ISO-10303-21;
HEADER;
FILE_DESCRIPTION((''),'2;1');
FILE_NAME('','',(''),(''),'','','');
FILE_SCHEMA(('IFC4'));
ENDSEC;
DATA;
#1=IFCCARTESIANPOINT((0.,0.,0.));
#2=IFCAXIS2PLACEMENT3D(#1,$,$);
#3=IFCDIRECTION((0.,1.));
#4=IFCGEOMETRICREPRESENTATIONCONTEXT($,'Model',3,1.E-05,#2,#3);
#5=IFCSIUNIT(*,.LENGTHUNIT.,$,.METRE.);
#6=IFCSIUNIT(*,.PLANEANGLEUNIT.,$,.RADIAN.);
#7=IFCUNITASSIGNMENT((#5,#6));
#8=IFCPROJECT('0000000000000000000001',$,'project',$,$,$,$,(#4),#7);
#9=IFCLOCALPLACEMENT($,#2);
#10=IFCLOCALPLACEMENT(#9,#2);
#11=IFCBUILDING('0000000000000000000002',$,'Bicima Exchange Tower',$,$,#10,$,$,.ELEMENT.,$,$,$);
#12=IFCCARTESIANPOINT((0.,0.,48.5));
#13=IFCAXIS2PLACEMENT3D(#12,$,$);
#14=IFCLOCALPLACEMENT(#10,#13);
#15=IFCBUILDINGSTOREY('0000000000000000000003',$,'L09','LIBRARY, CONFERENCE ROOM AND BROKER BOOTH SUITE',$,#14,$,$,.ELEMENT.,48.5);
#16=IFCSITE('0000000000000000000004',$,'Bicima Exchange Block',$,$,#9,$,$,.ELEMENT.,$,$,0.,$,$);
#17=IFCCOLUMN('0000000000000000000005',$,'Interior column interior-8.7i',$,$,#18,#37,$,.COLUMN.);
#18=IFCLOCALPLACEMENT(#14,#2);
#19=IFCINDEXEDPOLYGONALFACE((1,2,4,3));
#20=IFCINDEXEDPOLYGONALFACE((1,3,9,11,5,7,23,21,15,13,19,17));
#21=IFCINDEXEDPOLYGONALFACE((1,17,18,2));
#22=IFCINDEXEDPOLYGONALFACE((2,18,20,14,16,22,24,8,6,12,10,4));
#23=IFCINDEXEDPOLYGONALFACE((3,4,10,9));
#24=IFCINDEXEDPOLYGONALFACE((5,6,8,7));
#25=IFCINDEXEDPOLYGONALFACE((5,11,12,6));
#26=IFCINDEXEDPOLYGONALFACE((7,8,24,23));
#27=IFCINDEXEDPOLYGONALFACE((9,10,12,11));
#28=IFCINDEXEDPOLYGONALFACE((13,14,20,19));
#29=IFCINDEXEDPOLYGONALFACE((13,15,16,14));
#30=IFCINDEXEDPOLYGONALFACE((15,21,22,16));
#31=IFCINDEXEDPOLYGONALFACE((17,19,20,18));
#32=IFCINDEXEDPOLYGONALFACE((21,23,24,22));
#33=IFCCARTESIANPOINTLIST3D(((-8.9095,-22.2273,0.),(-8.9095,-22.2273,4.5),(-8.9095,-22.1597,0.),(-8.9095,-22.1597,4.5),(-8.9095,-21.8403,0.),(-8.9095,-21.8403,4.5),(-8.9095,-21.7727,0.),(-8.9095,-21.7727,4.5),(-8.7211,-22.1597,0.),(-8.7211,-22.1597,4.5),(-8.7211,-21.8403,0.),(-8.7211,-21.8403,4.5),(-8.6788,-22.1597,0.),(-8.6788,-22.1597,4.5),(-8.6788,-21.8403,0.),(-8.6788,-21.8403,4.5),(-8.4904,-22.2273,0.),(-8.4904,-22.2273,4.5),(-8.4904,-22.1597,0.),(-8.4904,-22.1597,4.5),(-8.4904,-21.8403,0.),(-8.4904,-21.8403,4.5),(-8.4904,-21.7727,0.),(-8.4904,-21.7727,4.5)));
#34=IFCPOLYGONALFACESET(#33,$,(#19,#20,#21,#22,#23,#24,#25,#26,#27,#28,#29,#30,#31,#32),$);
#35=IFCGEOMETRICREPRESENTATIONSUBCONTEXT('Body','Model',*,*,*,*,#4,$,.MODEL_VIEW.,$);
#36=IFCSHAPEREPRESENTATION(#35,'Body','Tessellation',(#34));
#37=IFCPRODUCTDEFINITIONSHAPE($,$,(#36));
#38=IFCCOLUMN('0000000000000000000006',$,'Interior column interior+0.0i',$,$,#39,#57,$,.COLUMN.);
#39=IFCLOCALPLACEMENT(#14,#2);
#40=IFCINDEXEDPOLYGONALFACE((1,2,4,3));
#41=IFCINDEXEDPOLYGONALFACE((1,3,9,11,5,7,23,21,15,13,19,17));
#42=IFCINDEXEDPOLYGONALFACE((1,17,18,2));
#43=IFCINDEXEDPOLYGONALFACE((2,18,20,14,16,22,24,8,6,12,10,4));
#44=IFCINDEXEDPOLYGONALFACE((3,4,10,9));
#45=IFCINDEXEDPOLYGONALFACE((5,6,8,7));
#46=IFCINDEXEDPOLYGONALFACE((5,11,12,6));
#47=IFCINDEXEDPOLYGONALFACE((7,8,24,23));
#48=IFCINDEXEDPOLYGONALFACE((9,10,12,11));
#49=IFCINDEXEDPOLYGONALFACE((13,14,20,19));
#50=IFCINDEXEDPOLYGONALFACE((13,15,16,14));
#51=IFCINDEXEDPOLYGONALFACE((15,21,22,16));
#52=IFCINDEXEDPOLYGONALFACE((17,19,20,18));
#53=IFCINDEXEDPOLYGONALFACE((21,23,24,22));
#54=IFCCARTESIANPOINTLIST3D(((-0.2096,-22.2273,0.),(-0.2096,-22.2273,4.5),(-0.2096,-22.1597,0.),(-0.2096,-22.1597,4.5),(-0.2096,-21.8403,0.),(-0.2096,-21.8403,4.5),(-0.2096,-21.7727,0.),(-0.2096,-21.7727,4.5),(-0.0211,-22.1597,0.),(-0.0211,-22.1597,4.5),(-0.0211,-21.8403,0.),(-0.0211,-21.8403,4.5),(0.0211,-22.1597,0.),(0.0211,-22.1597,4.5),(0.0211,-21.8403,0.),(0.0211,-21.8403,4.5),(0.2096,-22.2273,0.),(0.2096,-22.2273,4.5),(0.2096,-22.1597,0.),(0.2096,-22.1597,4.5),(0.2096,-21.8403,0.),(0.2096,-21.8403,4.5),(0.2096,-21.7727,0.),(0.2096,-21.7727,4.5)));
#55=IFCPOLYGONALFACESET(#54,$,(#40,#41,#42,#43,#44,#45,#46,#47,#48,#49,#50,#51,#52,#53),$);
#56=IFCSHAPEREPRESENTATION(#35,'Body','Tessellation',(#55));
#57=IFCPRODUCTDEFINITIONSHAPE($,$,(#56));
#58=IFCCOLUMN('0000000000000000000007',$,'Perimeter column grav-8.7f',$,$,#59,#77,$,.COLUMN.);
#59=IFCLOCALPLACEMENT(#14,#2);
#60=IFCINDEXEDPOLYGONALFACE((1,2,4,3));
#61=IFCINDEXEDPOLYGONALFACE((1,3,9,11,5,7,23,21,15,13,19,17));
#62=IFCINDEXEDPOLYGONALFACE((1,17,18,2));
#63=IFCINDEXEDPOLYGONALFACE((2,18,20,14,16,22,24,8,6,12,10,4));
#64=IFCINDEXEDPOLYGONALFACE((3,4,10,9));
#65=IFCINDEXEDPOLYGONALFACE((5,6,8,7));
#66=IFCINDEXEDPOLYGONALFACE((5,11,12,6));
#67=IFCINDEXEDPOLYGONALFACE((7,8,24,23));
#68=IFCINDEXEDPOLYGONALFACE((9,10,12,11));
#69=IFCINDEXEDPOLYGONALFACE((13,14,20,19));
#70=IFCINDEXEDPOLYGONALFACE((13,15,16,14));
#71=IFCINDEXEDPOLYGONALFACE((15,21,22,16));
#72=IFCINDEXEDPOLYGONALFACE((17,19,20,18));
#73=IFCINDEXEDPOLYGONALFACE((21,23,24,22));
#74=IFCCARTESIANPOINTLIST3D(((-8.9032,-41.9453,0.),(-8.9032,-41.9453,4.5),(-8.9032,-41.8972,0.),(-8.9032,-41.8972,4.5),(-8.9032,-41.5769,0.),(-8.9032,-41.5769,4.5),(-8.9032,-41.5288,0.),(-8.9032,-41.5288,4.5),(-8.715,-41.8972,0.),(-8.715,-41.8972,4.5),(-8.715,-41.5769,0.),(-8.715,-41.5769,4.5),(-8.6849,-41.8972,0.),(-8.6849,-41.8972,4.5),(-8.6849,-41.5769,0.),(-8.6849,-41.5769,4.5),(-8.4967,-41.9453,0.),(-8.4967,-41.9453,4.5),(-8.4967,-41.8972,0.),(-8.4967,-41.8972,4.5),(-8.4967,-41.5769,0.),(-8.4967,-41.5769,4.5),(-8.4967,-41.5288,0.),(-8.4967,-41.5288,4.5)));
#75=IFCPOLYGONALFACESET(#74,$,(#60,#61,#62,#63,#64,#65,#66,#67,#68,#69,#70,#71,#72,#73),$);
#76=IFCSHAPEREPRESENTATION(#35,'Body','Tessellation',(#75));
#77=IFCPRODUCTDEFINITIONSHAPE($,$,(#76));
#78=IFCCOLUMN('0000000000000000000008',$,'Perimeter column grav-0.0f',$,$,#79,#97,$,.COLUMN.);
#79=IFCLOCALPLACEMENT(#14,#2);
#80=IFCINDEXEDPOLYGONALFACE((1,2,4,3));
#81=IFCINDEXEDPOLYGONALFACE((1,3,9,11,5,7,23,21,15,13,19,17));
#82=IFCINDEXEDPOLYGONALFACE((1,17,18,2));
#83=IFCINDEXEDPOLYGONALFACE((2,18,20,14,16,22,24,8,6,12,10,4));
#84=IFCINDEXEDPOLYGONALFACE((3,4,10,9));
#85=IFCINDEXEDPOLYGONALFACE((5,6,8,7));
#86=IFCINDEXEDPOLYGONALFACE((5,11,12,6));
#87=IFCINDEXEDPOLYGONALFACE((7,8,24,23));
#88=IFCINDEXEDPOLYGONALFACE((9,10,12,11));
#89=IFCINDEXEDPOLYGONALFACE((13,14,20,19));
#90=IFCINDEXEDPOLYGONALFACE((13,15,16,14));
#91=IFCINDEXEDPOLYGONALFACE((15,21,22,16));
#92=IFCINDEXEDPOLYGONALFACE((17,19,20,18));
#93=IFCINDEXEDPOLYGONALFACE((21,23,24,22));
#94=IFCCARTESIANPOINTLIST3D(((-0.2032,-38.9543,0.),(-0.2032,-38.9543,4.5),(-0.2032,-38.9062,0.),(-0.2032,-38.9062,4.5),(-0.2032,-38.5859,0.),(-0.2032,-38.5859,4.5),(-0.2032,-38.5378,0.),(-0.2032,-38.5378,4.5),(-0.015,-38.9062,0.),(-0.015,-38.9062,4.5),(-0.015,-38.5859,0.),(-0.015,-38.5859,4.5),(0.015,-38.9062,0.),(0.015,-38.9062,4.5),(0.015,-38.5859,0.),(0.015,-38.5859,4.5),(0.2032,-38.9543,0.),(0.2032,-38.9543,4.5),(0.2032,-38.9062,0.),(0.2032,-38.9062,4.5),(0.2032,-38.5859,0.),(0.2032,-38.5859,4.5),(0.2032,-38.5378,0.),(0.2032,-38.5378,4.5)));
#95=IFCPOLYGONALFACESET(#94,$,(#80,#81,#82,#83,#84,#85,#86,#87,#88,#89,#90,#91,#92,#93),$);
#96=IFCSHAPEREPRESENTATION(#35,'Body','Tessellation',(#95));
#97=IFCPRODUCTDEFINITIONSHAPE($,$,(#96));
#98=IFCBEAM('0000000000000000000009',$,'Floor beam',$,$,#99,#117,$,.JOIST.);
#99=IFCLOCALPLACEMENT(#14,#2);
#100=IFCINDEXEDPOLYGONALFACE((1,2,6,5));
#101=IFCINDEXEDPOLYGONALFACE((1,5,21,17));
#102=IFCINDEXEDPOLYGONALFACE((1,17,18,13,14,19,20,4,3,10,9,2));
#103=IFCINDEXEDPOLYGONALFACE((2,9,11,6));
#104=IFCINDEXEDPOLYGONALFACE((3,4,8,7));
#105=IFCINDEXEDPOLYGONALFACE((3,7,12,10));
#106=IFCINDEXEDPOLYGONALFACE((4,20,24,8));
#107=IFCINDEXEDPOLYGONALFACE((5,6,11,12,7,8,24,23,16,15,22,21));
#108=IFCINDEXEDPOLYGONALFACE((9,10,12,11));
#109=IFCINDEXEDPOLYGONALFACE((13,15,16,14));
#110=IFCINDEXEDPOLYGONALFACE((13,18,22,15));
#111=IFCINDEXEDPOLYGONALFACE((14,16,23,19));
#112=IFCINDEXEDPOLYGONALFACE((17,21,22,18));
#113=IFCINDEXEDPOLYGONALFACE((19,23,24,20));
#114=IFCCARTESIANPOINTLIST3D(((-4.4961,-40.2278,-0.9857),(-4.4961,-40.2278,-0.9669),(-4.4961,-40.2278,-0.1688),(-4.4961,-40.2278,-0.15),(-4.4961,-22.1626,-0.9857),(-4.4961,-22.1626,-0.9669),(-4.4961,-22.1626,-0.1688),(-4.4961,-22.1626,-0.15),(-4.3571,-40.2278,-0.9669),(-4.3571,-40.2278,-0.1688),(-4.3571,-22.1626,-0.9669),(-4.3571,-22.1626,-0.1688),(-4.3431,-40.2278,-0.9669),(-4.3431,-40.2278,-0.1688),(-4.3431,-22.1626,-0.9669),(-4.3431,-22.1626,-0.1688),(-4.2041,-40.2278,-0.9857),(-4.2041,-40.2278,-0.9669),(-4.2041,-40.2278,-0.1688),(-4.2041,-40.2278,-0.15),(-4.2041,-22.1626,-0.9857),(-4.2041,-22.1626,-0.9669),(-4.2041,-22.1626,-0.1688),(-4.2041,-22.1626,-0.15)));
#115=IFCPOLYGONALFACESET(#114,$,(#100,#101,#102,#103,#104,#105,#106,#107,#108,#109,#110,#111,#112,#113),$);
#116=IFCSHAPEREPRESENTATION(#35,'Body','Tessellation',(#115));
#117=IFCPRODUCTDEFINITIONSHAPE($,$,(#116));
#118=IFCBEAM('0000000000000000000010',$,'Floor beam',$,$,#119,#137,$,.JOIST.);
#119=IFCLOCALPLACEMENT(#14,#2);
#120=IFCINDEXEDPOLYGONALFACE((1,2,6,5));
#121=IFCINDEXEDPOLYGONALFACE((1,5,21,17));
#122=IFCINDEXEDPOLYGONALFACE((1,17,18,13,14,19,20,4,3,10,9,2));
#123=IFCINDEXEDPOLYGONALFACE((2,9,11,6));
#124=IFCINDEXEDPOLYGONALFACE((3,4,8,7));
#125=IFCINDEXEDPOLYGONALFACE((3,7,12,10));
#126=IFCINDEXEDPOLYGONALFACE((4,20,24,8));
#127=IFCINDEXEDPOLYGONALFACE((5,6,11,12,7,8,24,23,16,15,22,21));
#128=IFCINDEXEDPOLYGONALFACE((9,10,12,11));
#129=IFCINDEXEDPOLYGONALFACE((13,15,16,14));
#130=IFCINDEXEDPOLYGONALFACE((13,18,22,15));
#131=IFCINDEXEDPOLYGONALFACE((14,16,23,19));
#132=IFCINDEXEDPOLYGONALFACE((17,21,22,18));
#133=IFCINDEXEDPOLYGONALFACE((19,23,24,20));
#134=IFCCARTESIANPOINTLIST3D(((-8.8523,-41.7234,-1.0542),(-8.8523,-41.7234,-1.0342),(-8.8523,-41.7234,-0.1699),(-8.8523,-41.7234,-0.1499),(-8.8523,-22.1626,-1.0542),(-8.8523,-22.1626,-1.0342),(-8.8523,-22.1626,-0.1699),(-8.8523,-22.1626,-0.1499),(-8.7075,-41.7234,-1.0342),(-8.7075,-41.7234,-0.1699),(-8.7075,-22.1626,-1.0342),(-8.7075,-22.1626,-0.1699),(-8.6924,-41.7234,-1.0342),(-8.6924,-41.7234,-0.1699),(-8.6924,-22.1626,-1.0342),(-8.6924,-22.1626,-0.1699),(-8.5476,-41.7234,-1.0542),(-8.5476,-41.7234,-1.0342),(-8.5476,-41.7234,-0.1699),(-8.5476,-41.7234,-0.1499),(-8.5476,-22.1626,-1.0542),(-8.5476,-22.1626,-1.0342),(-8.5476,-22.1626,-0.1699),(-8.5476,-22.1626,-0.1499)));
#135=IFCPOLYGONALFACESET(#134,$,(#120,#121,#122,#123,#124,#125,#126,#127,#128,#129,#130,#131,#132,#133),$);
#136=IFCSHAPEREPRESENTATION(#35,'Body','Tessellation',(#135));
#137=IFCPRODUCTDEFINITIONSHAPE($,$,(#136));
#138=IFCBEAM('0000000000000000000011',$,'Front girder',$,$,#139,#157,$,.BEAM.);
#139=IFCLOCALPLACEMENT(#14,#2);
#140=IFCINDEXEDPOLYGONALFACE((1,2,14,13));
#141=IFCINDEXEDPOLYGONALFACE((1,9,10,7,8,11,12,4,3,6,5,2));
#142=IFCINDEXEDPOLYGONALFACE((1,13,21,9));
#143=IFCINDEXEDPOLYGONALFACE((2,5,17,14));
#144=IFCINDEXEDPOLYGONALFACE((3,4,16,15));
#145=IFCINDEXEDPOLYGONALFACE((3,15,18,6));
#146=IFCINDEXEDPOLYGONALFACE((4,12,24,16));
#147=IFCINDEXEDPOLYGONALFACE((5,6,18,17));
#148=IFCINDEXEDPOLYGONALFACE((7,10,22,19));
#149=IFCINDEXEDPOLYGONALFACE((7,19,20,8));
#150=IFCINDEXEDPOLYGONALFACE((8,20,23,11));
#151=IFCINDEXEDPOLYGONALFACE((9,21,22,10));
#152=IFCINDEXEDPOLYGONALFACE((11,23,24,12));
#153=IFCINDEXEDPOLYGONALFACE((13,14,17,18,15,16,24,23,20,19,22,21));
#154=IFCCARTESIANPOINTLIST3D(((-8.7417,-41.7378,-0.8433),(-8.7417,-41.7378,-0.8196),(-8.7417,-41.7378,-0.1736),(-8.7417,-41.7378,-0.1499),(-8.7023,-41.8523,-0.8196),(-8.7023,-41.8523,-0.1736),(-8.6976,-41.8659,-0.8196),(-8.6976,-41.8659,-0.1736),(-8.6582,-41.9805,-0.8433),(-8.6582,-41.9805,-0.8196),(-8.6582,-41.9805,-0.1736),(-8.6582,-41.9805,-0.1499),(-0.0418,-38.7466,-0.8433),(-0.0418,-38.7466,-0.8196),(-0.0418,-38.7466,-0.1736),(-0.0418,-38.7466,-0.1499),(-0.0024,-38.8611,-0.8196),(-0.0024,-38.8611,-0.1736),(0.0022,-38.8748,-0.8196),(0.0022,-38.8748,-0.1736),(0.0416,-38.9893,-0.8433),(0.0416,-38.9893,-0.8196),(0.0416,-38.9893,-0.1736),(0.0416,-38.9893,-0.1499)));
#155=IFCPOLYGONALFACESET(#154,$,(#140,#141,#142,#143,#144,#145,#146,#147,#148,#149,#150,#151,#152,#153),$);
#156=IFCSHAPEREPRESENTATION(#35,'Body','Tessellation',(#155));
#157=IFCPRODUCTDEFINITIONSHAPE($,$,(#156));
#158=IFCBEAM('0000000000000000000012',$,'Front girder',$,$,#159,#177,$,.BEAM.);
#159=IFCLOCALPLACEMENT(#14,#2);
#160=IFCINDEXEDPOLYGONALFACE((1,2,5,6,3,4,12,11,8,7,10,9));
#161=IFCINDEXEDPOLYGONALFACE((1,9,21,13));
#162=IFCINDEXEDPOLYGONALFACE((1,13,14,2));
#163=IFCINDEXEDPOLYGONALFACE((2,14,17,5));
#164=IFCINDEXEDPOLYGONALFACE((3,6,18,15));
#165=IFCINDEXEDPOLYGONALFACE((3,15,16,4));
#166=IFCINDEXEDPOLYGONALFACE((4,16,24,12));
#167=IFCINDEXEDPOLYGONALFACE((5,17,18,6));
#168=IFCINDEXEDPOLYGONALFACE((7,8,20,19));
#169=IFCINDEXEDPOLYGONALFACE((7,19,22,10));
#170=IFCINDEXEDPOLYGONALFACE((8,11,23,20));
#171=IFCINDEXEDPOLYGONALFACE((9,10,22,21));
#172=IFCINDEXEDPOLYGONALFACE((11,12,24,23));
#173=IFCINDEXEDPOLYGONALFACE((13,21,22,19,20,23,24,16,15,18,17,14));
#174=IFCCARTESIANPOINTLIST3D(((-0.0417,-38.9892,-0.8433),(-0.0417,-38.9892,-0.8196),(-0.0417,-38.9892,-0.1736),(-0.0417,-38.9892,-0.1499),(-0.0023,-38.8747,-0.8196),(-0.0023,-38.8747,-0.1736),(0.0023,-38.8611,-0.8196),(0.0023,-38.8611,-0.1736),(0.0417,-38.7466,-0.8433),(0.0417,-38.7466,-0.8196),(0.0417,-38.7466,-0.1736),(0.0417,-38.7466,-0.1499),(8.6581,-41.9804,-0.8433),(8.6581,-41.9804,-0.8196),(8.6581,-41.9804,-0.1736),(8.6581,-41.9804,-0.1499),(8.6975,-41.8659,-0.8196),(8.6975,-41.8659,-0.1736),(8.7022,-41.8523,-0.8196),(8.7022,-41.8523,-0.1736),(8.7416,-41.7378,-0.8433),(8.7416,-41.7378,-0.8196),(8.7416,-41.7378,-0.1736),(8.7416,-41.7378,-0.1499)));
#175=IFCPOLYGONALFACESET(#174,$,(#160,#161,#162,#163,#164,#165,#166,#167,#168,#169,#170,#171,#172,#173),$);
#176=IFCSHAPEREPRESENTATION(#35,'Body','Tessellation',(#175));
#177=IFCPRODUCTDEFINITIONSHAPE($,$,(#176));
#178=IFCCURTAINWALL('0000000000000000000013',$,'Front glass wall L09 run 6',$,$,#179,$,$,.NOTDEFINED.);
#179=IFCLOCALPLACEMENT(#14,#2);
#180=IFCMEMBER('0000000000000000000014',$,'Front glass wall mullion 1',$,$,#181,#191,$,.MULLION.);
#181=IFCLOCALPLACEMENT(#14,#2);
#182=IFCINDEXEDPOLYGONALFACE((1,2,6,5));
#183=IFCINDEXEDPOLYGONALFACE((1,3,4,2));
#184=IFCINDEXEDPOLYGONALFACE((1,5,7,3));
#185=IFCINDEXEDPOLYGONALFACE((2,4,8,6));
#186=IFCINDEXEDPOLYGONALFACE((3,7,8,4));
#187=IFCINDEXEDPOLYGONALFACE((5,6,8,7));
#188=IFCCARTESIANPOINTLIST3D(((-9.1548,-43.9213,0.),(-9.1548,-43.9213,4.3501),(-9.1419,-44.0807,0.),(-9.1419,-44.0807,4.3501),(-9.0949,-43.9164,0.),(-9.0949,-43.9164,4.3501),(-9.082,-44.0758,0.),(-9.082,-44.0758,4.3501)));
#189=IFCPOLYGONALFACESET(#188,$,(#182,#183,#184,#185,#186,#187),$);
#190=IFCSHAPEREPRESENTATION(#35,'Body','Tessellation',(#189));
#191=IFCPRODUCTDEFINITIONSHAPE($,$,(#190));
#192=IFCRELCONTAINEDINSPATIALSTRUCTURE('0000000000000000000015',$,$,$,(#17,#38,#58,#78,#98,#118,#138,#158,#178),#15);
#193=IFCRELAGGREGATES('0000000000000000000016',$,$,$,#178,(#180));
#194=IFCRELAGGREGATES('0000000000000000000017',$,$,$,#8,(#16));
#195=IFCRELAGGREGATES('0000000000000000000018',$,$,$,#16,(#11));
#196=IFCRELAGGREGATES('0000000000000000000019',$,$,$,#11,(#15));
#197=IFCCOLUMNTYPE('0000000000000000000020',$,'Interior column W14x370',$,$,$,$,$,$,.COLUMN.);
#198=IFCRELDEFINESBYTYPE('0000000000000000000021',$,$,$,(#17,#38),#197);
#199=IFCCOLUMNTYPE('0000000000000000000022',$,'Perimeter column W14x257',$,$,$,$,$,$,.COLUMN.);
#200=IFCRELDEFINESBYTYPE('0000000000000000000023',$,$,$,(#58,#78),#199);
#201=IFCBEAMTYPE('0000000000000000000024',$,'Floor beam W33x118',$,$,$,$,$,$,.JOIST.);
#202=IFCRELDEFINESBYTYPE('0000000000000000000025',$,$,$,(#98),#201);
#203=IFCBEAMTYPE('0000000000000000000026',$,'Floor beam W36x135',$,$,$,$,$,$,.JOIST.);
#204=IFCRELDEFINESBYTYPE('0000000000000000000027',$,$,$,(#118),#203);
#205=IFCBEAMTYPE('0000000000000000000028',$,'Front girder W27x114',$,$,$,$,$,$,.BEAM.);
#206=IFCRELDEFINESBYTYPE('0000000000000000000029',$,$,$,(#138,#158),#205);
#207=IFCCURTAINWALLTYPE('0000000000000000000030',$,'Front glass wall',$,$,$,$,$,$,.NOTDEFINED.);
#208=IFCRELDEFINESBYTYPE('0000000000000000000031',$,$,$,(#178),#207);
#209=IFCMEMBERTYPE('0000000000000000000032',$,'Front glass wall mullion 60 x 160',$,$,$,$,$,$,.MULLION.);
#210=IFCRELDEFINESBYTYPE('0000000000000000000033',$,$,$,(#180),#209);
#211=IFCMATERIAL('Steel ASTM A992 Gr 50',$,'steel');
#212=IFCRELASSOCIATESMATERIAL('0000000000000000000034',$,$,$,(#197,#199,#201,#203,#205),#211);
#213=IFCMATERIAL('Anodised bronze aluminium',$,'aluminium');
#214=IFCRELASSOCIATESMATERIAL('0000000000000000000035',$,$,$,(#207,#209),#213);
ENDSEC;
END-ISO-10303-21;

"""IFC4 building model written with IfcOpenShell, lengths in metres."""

from ifc_helpers import new_model, si_unit, direction, frame, origin, origin_2d, place, context, subcontext, project, spatial, rectangle, i_section, extrude, material, material_profile, profile_set, type_object, element, aggregate, save


model = new_model("IFC4")

# Units and contexts
model_context = context("Model", 3, precision=1e-05, world=origin(), true_north=direction((0.0, 1.0)))
body_context = subcontext(model_context, "Body", "Model", "MODEL_VIEW")
ifc_project = project(units=[si_unit("LENGTHUNIT", "METRE"), si_unit("PLANEANGLEUNIT", "RADIAN")], contexts=[model_context])

# Site, building, storey
site_placement = place(None, origin())
site = spatial("IfcSite", under=ifc_project, at=site_placement, Name="Bicima Exchange Block", CompositionType="ELEMENT", RefElevation=0.0)
building_placement = place(site_placement, origin())
building = spatial("IfcBuilding", under=site, at=building_placement, Name="Bicima Exchange Tower", CompositionType="ELEMENT")
storey_placement = place(building_placement, frame((0.0, 0.0, 48.5)))
storey = spatial("IfcBuildingStorey", under=building, at=storey_placement, Name="L09", Description="LIBRARY, CONFERENCE ROOM AND BROKER BOOTH SUITE", CompositionType="ELEMENT", Elevation=48.5)

# Columns
ifc_material_1 = material(Name="Steel ASTM A992 Gr 50", Category="steel")
ifc_material_profile_1 = material_profile(ifc_material_1, i_section(OverallWidth=0.4192, OverallDepth=0.4546, WebThickness=0.0422, FlangeThickness=0.0676, at=origin_2d()))
ifc_profile_set_1 = profile_set([ifc_material_profile_1], Name="Steel ASTM A992 Gr 50")
column_type_1 = type_object("IfcColumnType", Name="Interior column W14x370", PredefinedType="COLUMN", material=ifc_profile_set_1)
for number, where, z_axis, x_axis, name in (
    (1, (-8.7, -22.0, 0.0), (0.0, 0.0, 1.0), (1.0, 0.0, 0.0), "Interior column interior-8.7i"),
    (2, (0.0, -22.0, 0.0), (0.0, 0.0, 1.0), (1.0, 0.0, 0.0), "Interior column interior+0.0i"),
):
    element("IfcColumn", number, at=place(storey_placement, frame(where, z_axis=z_axis, x_axis=x_axis)), inside=storey, type_object=column_type_1, Name=name, PredefinedType="COLUMN", context=body_context, shape_type="SweptSolid", body=[
        extrude(i_section(OverallWidth=0.4192, OverallDepth=0.4546, WebThickness=0.0422, FlangeThickness=0.0676, at=origin_2d()), origin(), (0.0, 0.0, 1.0), 4.5),
    ])
ifc_material_profile_2 = material_profile(ifc_material_1, i_section(OverallWidth=0.4065, OverallDepth=0.4165, WebThickness=0.03, FlangeThickness=0.0481, at=origin_2d()))
ifc_profile_set_2 = profile_set([ifc_material_profile_2], Name="Steel ASTM A992 Gr 50")
column_type_2 = type_object("IfcColumnType", Name="Perimeter column W14x257", PredefinedType="COLUMN", material=ifc_profile_set_2)
for number, where, z_axis, x_axis, name in (
    (3, (-8.7, -41.7371, 0.0), (0.0, 0.0, 1.0), (1.0, 0.0, 0.0), "Perimeter column grav-8.7f"),
    (4, (0.0, -38.7461, 0.0), (0.0, 0.0, 1.0), (1.0, 0.0, 0.0), "Perimeter column grav-0.0f"),
):
    element("IfcColumn", number, at=place(storey_placement, frame(where, z_axis=z_axis, x_axis=x_axis)), inside=storey, type_object=column_type_2, Name=name, PredefinedType="COLUMN", context=body_context, shape_type="SweptSolid", body=[
        extrude(i_section(OverallWidth=0.4065, OverallDepth=0.4165, WebThickness=0.03, FlangeThickness=0.0481, at=origin_2d()), origin(), (0.0, 0.0, 1.0), 4.5),
    ])

# Beams
ifc_material_profile_3 = material_profile(ifc_material_1, i_section(OverallWidth=0.292, OverallDepth=0.8357, WebThickness=0.0139, FlangeThickness=0.0188, at=origin_2d()))
ifc_profile_set_3 = profile_set([ifc_material_profile_3], Name="Steel ASTM A992 Gr 50")
beam_type_1 = type_object("IfcBeamType", Name="Floor beam W33x118", PredefinedType="JOIST", material=ifc_profile_set_3)
beam_1_placement = place(storey_placement, frame((-4.3501, -22.1626, -0.5679), z_axis=(0.0, -1.0, 0.0), x_axis=(1.0, 0.0, 0.0)))
element("IfcBeam", 5, at=beam_1_placement, inside=storey, type_object=beam_type_1, Name="Floor beam", PredefinedType="JOIST", context=body_context, shape_type="SweptSolid", body=[
    extrude(i_section(OverallWidth=0.292, OverallDepth=0.8357, WebThickness=0.0139, FlangeThickness=0.0188, at=origin_2d()), origin(), (0.0, 0.0, 1.0), 18.0652),
])
ifc_material_profile_4 = material_profile(ifc_material_1, i_section(OverallWidth=0.3047, OverallDepth=0.9043, WebThickness=0.0151, FlangeThickness=0.02, at=origin_2d()))
ifc_profile_set_4 = profile_set([ifc_material_profile_4], Name="Steel ASTM A992 Gr 50")
beam_type_2 = type_object("IfcBeamType", Name="Floor beam W36x135", PredefinedType="JOIST", material=ifc_profile_set_4)
beam_2_placement = place(storey_placement, frame((-8.7, -22.1626, -0.6021), z_axis=(0.0, -1.0, 0.0), x_axis=(1.0, 0.0, 0.0)))
element("IfcBeam", 6, at=beam_2_placement, inside=storey, type_object=beam_type_2, Name="Floor beam", PredefinedType="JOIST", context=body_context, shape_type="SweptSolid", body=[
    extrude(i_section(OverallWidth=0.3047, OverallDepth=0.9043, WebThickness=0.0151, FlangeThickness=0.02, at=origin_2d()), origin(), (0.0, 0.0, 1.0), 19.5608),
])
ifc_material_profile_5 = material_profile(ifc_material_1, i_section(OverallWidth=0.2566, OverallDepth=0.6934, WebThickness=0.0144, FlangeThickness=0.0237, at=origin_2d()))
ifc_profile_set_5 = profile_set([ifc_material_profile_5], Name="Steel ASTM A992 Gr 50")
beam_type_3 = type_object("IfcBeamType", Name="Front girder W27x114", PredefinedType="BEAM", material=ifc_profile_set_5)
for number, where, z_axis, x_axis, name in (
    (7, (-8.7, -41.8591, -0.4966), (0.945666, 0.325138, 0.0), (-0.325138, 0.945666, 0.0), "Front girder"),
    (8, (0.0, -38.8679, -0.4966), (0.945666, -0.325138, 0.0), (0.325138, 0.945666, 0.0), "Front girder"),
):
    element("IfcBeam", number, at=place(storey_placement, frame(where, z_axis=z_axis, x_axis=x_axis)), inside=storey, type_object=beam_type_3, Name=name, PredefinedType="BEAM", context=body_context, shape_type="SweptSolid", body=[
        extrude(i_section(OverallWidth=0.2566, OverallDepth=0.6934, WebThickness=0.0144, FlangeThickness=0.0237, at=origin_2d()), origin(), (0.0, 0.0, 1.0), 9.1997),
    ])

# Curtain wall, member
ifc_material_2 = material(Name="Anodised bronze aluminium", Category="aluminium")
curtain_wall_type = type_object("IfcCurtainWallType", Name="Front glass wall", PredefinedType="NOTDEFINED", material=ifc_material_2)
curtain_wall_placement = place(storey_placement, origin())
curtain_wall = element("IfcCurtainWall", 9, at=curtain_wall_placement, inside=storey, type_object=curtain_wall_type, Name="Front glass wall L09 run 6", PredefinedType="NOTDEFINED")
ifc_material_profile_6 = material_profile(ifc_material_2, rectangle(XDim=0.1599, YDim=0.0601, at=origin_2d()))
ifc_profile_set_6 = profile_set([ifc_material_profile_6], Name="Anodised bronze aluminium")
member_type_1 = type_object("IfcMemberType", Name="Front glass wall mullion 60 x 160", PredefinedType="MULLION", material=ifc_profile_set_6)
member_1_placement = place(storey_placement, frame((-9.1184, -43.9985, 0.0), z_axis=(0.0, 0.0, 1.0), x_axis=(-0.080589, 0.996747, 0.0)))
member_1 = element("IfcMember", 10, at=member_1_placement, type_object=member_type_1, Name="Front glass wall mullion 1", PredefinedType="MULLION", context=body_context, shape_type="SweptSolid", body=[
    extrude(rectangle(XDim=0.1599, YDim=0.0601, at=origin_2d()), origin(), (0.0, 0.0, 1.0), 4.3501),
])

aggregate(curtain_wall, [member_1])

save(model, "model.ifc")
